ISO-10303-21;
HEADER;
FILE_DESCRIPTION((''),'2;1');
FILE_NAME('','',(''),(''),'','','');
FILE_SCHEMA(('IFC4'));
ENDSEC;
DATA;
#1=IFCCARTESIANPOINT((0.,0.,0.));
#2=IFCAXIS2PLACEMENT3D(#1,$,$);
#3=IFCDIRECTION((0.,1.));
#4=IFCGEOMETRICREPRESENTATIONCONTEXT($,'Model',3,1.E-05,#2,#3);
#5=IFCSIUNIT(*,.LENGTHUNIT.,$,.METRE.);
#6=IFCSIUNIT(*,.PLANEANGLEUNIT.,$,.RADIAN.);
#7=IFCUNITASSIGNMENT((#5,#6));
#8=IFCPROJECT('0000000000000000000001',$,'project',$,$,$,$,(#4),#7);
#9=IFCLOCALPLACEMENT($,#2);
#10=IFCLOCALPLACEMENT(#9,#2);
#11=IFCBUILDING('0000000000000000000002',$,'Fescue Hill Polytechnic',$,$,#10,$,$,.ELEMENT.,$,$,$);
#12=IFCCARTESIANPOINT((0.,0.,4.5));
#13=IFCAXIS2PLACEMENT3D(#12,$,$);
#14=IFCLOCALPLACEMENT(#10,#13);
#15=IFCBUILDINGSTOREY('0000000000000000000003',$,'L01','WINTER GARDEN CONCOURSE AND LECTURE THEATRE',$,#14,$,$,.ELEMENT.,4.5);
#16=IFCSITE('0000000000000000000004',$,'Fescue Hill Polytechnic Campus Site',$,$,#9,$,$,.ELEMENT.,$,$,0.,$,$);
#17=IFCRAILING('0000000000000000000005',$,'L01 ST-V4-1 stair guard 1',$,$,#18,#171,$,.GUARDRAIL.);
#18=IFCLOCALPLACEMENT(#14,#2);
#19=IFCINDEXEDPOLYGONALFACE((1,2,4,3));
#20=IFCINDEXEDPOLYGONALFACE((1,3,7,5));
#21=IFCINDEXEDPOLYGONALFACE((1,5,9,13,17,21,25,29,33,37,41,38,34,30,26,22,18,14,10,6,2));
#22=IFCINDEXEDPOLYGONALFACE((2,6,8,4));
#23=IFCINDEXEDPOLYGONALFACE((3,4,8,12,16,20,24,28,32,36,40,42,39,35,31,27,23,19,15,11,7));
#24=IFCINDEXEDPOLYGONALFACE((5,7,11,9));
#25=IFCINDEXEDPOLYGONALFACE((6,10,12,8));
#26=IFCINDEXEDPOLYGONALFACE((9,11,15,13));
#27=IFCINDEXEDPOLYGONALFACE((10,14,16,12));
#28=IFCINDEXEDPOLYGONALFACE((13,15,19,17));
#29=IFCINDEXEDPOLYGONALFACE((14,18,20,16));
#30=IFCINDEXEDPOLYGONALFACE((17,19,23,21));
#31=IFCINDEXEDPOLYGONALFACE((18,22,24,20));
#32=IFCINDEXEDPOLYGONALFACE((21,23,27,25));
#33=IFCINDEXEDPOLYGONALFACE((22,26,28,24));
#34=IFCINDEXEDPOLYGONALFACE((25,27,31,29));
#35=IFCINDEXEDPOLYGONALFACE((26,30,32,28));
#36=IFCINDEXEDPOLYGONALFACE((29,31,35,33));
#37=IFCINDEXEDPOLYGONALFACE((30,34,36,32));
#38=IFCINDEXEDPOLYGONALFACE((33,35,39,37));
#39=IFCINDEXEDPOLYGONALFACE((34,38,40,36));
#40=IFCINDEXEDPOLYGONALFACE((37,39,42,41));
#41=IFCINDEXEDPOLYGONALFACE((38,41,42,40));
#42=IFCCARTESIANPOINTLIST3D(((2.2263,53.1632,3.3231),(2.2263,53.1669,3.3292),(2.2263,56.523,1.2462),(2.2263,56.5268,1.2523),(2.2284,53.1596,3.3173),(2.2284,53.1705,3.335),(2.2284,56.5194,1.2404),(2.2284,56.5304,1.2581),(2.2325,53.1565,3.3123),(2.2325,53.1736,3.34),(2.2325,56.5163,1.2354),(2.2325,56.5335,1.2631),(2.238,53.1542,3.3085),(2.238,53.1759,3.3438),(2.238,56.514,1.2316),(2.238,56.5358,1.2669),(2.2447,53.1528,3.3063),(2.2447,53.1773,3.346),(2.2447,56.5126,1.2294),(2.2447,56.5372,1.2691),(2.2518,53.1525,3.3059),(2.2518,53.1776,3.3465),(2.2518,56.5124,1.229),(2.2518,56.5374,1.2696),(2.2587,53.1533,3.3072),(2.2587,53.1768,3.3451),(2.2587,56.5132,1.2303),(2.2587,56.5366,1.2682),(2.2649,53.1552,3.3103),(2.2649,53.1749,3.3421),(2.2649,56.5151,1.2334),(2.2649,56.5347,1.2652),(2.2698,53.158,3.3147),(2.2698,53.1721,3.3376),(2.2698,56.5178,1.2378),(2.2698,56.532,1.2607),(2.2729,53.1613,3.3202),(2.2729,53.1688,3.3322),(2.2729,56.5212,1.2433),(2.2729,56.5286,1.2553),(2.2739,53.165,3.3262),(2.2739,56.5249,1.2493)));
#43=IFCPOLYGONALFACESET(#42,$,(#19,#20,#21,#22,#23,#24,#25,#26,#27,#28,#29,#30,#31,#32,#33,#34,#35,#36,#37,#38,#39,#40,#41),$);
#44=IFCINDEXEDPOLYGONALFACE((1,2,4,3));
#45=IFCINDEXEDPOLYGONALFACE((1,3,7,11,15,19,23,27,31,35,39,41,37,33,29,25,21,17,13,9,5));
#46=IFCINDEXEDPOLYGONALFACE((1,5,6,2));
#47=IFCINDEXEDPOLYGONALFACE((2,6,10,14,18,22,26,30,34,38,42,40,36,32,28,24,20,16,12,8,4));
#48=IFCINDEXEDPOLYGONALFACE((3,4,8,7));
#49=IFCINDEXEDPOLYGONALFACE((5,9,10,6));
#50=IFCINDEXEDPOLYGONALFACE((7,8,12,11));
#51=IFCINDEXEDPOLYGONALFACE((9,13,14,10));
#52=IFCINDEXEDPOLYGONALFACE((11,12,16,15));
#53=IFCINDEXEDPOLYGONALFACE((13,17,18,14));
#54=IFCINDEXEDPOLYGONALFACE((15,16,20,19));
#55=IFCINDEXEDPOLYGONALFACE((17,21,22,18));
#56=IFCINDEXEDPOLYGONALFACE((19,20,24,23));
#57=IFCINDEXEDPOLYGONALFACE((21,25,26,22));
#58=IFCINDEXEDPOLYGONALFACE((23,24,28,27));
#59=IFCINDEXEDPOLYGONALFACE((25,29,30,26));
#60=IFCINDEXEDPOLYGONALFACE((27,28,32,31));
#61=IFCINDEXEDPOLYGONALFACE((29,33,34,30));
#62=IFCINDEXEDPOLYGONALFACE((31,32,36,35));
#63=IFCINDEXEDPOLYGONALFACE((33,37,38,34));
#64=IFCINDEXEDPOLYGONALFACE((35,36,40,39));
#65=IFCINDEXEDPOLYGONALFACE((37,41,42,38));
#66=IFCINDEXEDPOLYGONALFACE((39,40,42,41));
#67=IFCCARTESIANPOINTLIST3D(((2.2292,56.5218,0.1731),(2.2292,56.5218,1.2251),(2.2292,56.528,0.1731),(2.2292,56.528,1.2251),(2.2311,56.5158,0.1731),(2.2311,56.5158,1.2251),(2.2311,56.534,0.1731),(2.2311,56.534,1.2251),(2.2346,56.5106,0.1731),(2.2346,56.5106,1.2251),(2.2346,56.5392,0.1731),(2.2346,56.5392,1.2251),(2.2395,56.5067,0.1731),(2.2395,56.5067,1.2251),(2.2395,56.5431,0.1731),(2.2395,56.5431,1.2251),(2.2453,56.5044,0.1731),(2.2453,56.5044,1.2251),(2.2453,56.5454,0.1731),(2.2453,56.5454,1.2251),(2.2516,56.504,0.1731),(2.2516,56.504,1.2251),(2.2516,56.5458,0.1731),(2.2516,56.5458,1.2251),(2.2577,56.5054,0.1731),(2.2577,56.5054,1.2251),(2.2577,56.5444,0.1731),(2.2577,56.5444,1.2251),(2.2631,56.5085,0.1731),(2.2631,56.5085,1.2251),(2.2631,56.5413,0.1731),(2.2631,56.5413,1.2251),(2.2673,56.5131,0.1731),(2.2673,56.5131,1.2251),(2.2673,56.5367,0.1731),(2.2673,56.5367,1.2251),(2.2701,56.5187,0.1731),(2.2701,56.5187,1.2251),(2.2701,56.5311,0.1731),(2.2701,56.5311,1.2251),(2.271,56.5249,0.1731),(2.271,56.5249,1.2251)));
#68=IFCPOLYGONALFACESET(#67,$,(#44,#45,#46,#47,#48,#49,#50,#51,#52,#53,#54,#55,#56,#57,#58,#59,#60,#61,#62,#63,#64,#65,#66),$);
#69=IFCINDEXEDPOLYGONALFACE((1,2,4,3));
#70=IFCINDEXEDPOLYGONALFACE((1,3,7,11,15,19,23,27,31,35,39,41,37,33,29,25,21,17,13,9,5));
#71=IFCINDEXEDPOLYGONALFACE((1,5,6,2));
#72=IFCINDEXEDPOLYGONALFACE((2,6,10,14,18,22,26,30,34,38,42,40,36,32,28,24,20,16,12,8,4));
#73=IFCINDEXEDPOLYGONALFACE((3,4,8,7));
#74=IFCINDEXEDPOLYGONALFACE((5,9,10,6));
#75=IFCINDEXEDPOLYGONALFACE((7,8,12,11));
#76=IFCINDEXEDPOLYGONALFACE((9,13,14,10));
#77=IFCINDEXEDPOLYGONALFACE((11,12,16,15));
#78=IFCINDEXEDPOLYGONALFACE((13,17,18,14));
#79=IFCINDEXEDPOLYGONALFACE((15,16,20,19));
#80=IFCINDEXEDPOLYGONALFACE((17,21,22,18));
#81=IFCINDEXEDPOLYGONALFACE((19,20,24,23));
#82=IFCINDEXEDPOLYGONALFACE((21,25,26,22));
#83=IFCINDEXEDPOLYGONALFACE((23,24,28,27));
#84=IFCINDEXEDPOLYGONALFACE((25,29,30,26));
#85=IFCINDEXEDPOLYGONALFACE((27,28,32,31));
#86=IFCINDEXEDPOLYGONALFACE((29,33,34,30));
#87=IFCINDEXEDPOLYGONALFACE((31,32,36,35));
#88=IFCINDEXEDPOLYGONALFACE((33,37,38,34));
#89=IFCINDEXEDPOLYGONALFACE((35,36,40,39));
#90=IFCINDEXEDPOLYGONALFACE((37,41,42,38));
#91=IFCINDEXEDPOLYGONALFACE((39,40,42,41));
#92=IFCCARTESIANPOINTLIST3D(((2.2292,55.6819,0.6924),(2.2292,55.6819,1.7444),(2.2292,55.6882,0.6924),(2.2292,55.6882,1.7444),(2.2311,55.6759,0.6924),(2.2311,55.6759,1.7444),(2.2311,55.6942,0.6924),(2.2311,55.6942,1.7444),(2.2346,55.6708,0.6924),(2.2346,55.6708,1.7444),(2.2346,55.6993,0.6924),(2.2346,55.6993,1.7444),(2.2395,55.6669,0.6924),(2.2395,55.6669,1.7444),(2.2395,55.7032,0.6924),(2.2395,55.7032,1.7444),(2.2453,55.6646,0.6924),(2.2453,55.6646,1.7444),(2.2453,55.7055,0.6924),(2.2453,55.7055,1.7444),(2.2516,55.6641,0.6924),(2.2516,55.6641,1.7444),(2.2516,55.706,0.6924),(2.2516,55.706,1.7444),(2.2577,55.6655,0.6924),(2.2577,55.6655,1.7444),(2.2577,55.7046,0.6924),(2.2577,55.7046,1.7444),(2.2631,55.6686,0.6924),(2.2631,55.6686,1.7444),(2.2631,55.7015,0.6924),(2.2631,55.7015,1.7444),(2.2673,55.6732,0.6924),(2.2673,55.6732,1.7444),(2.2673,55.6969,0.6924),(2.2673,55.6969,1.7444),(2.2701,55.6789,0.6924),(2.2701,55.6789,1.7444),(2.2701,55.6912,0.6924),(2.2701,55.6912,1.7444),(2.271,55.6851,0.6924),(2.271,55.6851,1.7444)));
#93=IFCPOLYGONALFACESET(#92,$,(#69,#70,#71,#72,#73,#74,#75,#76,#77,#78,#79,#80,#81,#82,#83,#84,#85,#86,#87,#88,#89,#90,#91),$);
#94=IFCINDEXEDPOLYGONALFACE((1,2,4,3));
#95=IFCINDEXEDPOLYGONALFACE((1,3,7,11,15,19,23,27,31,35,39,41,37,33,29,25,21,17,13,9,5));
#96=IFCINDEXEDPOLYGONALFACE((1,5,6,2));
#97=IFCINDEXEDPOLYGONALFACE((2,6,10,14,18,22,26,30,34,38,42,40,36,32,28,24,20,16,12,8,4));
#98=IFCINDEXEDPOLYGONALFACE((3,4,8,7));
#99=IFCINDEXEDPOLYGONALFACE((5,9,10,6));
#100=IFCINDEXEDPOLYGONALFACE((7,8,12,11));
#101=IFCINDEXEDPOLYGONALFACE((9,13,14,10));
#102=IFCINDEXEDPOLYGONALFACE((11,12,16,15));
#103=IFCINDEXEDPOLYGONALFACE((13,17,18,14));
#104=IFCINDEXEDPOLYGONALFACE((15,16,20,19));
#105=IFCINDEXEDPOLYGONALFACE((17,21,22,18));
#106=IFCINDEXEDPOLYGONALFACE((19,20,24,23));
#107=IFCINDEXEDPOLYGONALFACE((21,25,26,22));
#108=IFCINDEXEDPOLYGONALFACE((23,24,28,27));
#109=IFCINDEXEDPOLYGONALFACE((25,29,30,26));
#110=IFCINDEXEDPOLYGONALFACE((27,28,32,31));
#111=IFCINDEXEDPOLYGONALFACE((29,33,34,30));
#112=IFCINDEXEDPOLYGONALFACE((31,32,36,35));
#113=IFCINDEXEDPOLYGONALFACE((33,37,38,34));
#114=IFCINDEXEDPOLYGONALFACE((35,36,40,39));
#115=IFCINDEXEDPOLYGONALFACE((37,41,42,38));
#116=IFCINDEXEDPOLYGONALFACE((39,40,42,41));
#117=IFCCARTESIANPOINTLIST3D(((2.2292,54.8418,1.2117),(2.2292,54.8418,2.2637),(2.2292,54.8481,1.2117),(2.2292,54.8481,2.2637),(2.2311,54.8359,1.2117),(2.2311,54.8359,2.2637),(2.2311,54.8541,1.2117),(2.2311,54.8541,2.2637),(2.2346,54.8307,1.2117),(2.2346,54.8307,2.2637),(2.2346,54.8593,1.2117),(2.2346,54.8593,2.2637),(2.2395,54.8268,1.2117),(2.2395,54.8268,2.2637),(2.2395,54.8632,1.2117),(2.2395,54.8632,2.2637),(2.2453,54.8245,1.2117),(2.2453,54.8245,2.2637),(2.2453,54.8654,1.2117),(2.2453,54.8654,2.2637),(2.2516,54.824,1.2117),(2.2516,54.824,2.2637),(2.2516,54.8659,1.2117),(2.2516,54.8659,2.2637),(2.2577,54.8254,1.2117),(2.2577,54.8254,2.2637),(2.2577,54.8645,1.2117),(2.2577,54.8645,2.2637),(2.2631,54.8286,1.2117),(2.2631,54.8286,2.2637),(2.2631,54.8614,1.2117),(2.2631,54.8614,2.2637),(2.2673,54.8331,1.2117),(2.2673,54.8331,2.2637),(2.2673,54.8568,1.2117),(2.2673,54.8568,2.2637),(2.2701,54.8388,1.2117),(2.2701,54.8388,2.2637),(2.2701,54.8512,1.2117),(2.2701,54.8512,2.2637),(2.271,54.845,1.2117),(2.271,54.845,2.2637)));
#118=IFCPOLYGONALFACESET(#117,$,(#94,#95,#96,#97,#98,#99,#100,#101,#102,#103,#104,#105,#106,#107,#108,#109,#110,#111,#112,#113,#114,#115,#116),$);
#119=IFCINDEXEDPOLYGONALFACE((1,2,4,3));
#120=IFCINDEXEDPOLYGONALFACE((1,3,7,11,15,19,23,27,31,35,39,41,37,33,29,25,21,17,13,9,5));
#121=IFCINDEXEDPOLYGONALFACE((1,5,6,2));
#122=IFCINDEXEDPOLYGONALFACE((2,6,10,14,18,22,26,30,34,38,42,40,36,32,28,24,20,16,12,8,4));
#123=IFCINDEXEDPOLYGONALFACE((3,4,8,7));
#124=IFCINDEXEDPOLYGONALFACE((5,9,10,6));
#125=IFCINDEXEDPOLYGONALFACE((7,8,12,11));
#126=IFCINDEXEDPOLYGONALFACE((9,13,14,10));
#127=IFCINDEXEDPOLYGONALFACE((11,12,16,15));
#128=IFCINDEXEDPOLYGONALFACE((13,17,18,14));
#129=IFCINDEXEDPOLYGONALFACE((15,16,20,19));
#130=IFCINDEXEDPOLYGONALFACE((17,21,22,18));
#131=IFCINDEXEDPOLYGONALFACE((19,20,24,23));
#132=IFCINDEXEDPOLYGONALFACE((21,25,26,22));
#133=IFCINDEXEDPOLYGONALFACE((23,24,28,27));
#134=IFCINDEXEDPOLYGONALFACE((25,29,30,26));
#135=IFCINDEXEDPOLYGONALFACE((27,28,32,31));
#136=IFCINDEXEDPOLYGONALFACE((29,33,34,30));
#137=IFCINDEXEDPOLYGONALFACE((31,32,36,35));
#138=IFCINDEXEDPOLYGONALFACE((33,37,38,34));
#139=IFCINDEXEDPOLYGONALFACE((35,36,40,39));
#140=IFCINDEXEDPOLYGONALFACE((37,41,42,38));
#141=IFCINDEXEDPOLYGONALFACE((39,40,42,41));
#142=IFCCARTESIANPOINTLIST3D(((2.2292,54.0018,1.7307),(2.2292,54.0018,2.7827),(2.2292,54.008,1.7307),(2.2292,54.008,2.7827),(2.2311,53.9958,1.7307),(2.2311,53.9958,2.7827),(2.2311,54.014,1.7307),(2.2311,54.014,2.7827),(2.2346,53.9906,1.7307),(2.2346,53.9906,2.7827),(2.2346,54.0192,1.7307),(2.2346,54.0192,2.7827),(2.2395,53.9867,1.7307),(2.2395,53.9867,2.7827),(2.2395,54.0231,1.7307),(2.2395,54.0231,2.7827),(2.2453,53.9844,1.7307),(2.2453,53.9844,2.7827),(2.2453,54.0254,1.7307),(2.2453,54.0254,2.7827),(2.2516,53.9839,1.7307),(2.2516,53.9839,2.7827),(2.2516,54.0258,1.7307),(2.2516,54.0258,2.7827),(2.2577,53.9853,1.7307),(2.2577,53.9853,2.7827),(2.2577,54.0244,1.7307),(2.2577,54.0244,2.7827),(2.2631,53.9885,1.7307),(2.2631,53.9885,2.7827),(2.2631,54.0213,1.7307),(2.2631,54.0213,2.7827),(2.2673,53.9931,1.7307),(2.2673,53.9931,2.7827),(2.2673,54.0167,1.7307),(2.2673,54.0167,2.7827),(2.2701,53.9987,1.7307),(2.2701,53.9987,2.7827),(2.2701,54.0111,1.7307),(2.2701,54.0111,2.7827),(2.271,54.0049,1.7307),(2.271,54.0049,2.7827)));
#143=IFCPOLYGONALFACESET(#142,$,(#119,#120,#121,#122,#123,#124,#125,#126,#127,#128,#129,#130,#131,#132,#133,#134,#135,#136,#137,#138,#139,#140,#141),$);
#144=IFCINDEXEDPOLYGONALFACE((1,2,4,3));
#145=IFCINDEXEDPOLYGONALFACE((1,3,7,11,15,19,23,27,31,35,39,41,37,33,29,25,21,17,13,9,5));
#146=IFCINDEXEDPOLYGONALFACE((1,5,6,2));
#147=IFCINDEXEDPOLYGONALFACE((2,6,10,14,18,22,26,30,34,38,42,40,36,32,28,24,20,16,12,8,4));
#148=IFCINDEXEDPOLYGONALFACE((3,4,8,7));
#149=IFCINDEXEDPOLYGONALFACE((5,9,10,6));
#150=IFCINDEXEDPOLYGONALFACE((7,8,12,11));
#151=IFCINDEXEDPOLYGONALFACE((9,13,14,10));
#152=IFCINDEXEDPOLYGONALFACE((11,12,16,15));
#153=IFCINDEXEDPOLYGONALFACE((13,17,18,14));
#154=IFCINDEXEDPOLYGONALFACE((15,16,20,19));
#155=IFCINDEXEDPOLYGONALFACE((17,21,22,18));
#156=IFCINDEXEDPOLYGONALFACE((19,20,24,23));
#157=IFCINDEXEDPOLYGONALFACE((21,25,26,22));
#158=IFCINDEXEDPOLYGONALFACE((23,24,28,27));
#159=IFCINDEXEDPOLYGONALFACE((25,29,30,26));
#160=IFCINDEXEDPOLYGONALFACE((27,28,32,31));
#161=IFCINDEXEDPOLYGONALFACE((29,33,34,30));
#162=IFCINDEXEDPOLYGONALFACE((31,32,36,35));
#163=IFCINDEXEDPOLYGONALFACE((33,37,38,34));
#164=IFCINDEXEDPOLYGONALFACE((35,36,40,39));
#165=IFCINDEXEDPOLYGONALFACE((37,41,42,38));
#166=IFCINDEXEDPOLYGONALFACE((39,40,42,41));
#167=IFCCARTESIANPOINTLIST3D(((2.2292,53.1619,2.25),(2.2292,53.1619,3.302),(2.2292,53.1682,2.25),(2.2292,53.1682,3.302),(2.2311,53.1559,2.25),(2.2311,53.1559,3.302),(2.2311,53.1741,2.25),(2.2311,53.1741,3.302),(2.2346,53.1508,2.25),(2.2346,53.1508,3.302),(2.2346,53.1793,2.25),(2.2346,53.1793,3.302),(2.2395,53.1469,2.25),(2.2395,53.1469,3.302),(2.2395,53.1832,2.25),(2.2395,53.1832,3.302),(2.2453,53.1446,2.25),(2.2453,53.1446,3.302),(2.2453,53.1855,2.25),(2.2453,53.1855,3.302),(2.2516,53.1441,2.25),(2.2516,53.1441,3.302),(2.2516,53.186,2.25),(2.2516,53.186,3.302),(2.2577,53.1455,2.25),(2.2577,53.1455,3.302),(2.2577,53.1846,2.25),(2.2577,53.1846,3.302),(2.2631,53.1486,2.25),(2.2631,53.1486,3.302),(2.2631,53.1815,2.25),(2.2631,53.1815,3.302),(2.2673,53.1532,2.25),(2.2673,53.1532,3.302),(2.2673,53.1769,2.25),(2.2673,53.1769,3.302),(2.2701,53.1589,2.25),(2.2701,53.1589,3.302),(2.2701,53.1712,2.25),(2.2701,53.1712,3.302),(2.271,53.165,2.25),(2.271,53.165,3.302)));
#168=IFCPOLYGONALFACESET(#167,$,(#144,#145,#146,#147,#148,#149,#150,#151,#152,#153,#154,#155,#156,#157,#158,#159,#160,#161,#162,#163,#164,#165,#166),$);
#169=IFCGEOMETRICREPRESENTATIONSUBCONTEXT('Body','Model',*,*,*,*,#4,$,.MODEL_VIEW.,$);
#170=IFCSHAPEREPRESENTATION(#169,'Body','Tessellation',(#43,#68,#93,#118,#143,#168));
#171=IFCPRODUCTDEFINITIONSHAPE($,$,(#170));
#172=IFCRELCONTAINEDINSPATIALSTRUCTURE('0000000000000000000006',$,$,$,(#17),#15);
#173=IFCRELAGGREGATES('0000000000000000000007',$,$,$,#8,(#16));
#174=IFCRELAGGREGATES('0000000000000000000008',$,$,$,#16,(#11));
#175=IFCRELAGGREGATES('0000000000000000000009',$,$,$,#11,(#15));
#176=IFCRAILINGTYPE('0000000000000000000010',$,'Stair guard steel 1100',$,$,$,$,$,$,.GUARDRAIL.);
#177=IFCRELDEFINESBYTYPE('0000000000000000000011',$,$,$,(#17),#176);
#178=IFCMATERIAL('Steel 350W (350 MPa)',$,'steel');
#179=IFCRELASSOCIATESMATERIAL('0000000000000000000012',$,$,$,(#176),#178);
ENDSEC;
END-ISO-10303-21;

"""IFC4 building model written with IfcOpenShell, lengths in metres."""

from ifc_helpers import new_model, si_unit, direction, frame, origin, origin_2d, place, context, subcontext, project, spatial, circle, extrude, material, type_object, element, save


model = new_model("IFC4")

# Units and contexts
model_context = context("Model", 3, precision=1e-05, world=origin(), true_north=direction((0.0, 1.0)))
body_context = subcontext(model_context, "Body", "Model", "MODEL_VIEW")
ifc_project = project(units=[si_unit("LENGTHUNIT", "METRE"), si_unit("PLANEANGLEUNIT", "RADIAN")], contexts=[model_context])

# Site, building, storey
site_placement = place(None, origin())
site = spatial("IfcSite", under=ifc_project, at=site_placement, Name="Fescue Hill Polytechnic Campus Site", CompositionType="ELEMENT", RefElevation=0.0)
building_placement = place(site_placement, origin())
building = spatial("IfcBuilding", under=site, at=building_placement, Name="Fescue Hill Polytechnic", CompositionType="ELEMENT")
storey_placement = place(building_placement, frame((0.0, 0.0, 4.5)))
storey = spatial("IfcBuildingStorey", under=building, at=storey_placement, Name="L01", Description="WINTER GARDEN CONCOURSE AND LECTURE THEATRE", CompositionType="ELEMENT", Elevation=4.5)

# Railing
ifc_material_1 = material(Name="Steel 350W (350 MPa)", Category="steel")
railing_type_1 = type_object("IfcRailingType", Name="Stair guard steel 1100", PredefinedType="GUARDRAIL", material=ifc_material_1)
railing_1_placement = place(storey_placement, frame((2.25, 56.5249, 0.1731)))
element("IfcRailing", 1, at=railing_1_placement, inside=storey, type_object=railing_type_1, Name="L01 ST-V4-1 stair guard 1", PredefinedType="GUARDRAIL", context=body_context, shape_type="SweptSolid", body=[
    extrude(circle(Radius=0.0239, at=origin_2d()), frame((0.0, 0.0, 1.0762), z_axis=(0.0, -0.850606, 0.525803), x_axis=(1.0, 0.0, 0.0)), (0.0, 0.0, 1.0), 3.95),
    extrude(circle(Radius=0.021, at=origin_2d()), origin(), (0.0, 0.0, 1.0), 1.052),
    extrude(circle(Radius=0.021, at=origin_2d()), frame((0.0, -0.8398, 0.5193)), (0.0, 0.0, 1.0), 1.052),
    extrude(circle(Radius=0.021, at=origin_2d()), frame((0.0, -1.6799, 1.0386)), (0.0, 0.0, 1.0), 1.052),
    extrude(circle(Radius=0.021, at=origin_2d()), frame((0.0, -2.52, 1.5576)), (0.0, 0.0, 1.0), 1.052),
    extrude(circle(Radius=0.021, at=origin_2d()), frame((0.0, -3.3599, 2.0769)), (0.0, 0.0, 1.0), 1.052),
])

save(model, "model.ifc")
